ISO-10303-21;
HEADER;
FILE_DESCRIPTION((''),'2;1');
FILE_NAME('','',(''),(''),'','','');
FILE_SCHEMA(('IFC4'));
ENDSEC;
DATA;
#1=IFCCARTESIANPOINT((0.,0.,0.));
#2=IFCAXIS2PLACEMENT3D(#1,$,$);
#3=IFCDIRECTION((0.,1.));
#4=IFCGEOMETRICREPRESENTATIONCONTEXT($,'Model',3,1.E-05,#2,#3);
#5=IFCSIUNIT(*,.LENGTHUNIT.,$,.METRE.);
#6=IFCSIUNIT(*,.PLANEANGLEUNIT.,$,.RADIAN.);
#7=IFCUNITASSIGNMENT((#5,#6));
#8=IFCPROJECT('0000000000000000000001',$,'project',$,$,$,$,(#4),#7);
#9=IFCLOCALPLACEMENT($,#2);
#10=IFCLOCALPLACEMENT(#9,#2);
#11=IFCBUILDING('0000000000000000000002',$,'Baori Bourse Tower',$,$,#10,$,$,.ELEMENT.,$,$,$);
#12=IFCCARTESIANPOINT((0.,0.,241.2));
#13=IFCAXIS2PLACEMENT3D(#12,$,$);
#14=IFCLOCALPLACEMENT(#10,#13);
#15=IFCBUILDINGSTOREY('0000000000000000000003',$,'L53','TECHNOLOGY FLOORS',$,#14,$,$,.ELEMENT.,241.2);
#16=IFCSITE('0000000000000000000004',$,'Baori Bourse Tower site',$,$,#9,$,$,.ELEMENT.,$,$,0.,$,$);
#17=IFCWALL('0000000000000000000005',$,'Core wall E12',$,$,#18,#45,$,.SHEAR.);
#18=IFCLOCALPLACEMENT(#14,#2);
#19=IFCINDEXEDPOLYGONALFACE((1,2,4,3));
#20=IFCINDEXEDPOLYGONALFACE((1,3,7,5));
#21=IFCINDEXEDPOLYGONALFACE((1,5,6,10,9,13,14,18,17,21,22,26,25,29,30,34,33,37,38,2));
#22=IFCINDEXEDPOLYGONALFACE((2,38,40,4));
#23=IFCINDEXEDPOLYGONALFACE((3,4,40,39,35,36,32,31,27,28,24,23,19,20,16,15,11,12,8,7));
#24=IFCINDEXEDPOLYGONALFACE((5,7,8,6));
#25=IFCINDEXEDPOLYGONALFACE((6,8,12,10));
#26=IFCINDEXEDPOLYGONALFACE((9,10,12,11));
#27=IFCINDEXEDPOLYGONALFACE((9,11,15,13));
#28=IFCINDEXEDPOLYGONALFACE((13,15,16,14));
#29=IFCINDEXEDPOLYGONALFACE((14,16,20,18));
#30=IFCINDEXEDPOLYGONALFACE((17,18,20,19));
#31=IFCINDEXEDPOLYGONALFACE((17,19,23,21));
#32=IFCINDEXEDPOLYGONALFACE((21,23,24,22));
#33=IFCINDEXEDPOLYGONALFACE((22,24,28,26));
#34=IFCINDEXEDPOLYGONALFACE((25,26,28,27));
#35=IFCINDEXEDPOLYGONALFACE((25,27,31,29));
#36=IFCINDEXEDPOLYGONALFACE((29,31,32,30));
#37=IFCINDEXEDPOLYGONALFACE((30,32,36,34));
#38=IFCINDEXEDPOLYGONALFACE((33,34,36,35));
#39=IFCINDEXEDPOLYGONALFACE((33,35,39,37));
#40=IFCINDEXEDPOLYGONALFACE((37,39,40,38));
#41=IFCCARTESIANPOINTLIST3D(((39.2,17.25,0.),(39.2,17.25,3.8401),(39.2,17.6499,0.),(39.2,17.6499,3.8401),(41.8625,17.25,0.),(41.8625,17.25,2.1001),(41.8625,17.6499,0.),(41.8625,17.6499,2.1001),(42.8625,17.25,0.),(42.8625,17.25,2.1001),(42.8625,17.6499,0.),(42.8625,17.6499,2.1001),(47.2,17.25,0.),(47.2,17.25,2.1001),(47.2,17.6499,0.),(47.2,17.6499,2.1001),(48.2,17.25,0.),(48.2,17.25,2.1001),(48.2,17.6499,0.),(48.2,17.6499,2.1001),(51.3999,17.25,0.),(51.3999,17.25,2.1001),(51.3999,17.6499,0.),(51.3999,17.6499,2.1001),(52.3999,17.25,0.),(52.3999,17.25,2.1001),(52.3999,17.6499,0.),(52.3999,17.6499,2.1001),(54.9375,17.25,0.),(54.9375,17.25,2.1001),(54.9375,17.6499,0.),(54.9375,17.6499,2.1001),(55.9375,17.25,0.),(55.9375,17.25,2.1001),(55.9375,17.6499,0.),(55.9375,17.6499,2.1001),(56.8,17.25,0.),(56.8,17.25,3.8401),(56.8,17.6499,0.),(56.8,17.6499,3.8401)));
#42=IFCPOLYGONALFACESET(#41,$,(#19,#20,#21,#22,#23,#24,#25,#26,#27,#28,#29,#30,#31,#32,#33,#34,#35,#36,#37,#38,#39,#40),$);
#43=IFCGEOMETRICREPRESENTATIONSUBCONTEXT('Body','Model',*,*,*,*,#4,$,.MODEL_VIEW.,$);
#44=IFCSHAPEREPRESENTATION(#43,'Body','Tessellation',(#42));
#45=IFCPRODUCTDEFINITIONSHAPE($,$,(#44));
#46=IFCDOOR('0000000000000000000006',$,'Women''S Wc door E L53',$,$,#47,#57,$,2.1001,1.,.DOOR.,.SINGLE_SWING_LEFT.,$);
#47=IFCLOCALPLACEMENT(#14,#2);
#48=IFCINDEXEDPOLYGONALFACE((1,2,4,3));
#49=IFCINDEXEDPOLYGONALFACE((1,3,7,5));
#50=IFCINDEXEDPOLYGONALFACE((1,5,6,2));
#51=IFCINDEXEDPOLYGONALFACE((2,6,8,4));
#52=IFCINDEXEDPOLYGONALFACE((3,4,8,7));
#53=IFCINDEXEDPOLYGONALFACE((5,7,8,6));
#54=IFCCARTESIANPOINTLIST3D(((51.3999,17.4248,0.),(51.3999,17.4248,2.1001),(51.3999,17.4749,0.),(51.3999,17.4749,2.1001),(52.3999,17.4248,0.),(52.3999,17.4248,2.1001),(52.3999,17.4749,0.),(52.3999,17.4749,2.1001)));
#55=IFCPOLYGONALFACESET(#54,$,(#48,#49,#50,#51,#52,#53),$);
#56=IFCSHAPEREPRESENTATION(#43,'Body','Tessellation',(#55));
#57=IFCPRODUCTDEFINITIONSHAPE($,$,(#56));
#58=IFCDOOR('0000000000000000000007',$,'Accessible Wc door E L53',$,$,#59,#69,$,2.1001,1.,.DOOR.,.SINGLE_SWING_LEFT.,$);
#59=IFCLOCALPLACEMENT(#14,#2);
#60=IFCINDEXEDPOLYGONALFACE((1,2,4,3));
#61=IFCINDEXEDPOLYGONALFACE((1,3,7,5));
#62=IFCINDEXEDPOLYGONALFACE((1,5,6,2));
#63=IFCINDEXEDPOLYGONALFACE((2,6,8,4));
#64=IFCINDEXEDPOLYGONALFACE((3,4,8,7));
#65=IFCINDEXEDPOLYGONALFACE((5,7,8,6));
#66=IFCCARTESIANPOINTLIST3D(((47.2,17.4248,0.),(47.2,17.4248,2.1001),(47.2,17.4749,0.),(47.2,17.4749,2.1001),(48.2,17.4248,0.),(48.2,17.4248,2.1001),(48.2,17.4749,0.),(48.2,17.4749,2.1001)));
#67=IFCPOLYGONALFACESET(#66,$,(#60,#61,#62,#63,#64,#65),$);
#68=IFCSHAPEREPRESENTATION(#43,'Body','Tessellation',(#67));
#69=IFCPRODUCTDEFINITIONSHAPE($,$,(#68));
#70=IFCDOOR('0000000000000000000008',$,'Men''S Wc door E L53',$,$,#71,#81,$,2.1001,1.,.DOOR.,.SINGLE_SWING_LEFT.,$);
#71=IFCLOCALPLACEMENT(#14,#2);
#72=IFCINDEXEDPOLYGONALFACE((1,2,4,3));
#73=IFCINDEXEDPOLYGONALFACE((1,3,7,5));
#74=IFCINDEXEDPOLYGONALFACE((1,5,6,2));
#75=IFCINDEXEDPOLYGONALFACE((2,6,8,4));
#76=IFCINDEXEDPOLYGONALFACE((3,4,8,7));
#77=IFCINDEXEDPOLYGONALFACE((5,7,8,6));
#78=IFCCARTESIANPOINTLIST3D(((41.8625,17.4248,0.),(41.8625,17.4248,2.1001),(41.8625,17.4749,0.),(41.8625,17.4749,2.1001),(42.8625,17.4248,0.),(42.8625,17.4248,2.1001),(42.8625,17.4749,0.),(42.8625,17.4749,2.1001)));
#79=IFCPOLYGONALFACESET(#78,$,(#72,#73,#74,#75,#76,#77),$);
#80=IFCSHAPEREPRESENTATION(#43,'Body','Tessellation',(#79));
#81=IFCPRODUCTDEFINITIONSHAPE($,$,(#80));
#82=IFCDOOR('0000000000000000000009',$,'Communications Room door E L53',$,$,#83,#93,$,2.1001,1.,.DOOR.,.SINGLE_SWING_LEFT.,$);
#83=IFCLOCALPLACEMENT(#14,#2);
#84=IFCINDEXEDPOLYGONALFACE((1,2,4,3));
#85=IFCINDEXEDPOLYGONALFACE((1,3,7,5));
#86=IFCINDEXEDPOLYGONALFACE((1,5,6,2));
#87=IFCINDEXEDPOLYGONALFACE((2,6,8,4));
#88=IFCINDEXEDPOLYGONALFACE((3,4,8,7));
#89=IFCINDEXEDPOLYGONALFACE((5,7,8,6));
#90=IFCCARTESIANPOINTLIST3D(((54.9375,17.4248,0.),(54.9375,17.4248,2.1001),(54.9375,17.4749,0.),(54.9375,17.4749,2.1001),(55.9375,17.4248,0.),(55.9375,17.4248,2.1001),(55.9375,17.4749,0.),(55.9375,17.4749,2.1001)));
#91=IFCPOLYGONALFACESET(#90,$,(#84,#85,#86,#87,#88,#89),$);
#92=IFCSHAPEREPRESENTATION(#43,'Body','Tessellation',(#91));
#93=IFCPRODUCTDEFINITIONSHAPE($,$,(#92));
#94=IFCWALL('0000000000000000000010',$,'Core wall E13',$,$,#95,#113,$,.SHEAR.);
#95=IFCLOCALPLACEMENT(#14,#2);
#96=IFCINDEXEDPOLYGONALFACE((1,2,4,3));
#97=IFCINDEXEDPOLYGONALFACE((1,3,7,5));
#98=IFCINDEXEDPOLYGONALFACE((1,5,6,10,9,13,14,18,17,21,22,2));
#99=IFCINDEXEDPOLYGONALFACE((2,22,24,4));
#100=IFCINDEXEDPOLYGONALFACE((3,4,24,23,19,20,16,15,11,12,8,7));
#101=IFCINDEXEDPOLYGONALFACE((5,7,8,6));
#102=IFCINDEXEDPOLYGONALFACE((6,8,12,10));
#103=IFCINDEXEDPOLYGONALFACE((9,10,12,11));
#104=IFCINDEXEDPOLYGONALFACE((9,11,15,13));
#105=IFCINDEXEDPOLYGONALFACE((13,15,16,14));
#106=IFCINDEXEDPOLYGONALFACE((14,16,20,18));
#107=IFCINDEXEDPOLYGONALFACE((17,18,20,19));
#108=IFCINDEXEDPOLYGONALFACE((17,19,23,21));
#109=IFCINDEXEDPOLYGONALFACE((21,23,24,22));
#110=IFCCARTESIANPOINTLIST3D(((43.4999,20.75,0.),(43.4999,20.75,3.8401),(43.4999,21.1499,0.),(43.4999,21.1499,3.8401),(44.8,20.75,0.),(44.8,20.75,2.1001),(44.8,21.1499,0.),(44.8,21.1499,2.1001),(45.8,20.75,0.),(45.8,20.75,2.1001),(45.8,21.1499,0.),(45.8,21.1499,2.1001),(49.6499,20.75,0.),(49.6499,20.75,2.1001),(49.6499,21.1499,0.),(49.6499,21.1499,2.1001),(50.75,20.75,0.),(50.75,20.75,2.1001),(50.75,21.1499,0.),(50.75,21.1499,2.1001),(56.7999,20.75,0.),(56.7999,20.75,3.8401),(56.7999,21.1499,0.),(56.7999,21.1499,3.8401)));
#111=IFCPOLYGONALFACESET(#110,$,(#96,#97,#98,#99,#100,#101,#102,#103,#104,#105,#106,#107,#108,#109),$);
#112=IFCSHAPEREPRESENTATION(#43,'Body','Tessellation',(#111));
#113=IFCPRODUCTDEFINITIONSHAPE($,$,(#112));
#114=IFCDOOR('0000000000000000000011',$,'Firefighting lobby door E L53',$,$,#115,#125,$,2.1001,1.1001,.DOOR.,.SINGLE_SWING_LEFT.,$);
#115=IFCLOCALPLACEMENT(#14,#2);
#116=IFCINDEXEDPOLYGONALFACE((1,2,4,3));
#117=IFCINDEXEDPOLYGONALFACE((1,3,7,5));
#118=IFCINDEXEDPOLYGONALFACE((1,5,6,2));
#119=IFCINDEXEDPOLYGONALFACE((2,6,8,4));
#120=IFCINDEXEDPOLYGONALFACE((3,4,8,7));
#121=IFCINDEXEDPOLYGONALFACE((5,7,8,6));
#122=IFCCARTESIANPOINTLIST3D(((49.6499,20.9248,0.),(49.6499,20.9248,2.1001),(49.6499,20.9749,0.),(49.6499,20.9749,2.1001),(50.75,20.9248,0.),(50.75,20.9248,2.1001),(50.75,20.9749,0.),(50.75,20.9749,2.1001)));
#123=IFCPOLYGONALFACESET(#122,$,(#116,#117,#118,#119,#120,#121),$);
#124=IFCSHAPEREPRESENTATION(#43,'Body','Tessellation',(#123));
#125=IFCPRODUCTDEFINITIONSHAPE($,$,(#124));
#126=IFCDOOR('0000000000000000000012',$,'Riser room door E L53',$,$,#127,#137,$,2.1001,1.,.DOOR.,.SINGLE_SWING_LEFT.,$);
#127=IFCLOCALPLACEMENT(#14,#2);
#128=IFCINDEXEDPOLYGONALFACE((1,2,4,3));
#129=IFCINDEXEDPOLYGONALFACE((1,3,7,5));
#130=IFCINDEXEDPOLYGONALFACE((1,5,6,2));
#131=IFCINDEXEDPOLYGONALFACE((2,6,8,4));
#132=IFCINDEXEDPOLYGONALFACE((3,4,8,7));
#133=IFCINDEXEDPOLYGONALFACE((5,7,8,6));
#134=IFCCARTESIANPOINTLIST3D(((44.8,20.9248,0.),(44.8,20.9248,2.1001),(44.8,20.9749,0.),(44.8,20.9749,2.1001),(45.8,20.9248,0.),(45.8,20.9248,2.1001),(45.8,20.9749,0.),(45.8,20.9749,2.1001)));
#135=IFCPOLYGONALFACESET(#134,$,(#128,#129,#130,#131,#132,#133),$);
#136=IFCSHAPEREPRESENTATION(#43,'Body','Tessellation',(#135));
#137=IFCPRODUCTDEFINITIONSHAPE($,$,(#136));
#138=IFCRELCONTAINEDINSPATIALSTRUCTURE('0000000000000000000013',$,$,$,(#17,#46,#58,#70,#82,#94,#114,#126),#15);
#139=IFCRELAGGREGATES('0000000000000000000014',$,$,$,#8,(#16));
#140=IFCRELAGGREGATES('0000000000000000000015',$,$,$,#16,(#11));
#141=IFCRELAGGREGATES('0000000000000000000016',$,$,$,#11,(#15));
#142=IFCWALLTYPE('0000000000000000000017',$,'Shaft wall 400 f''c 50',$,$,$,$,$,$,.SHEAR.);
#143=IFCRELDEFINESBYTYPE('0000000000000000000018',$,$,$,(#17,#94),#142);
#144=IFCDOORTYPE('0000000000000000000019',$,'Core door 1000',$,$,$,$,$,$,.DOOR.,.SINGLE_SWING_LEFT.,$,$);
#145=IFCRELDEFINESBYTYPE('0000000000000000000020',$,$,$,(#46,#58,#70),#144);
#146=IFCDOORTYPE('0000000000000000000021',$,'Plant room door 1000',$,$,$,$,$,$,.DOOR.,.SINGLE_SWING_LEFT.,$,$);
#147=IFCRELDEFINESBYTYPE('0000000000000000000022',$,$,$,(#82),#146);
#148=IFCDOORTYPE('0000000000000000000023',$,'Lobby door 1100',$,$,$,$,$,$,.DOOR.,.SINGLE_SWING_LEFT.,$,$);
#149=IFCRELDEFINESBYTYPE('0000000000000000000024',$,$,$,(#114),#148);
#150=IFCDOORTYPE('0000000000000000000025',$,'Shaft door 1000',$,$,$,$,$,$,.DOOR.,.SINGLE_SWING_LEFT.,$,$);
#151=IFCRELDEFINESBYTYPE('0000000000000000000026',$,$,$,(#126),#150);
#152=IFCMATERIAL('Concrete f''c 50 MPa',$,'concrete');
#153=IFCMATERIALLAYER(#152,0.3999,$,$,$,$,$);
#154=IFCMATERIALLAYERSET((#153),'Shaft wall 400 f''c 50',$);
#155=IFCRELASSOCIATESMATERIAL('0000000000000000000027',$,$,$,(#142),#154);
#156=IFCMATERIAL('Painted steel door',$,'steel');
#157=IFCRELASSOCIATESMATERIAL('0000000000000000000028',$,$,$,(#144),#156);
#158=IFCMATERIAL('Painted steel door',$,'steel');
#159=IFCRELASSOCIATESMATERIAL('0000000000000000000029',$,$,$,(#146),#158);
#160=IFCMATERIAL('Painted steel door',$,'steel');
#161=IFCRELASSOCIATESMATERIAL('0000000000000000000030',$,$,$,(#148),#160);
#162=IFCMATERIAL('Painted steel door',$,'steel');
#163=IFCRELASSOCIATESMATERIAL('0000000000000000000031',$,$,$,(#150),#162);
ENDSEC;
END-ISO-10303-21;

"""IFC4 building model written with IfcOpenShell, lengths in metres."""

from ifc_helpers import new_model, si_unit, direction, frame, frame_2d, origin, place, context, subcontext, project, spatial, rectangle, extrude, material, layer, layer_set, type_object, element, fill, save


model = new_model("IFC4")

# Units and contexts
model_context = context("Model", 3, precision=1e-05, world=origin(), true_north=direction((0.0, 1.0)))
body_context = subcontext(model_context, "Body", "Model", "MODEL_VIEW")
ifc_project = project(units=[si_unit("LENGTHUNIT", "METRE"), si_unit("PLANEANGLEUNIT", "RADIAN")], contexts=[model_context])

# Site, building, storey
site_placement = place(None, origin())
site = spatial("IfcSite", under=ifc_project, at=site_placement, Name="Baori Bourse Tower site", CompositionType="ELEMENT", RefElevation=0.0)
building_placement = place(site_placement, origin())
building = spatial("IfcBuilding", under=site, at=building_placement, Name="Baori Bourse Tower", CompositionType="ELEMENT")
storey_placement = place(building_placement, frame((0.0, 0.0, 241.2)))
storey = spatial("IfcBuildingStorey", under=building, at=storey_placement, Name="L53", Description="TECHNOLOGY FLOORS", CompositionType="ELEMENT", Elevation=241.2)

# Shared definitions
ifc_material_1 = material(Name="Concrete f'c 50 MPa", Category="concrete")
ifc_layer_1 = layer(ifc_material_1, 0.3999)
ifc_layer_set_1 = layer_set([ifc_layer_1], Name="Shaft wall 400 f'c 50")
wall_type_1 = type_object("IfcWallType", Name="Shaft wall 400 f'c 50", PredefinedType="SHEAR", material=ifc_layer_set_1)

# Walls, openings, doors
wall_1_placement = place(storey_placement, frame((39.2, 17.45, 0.0), z_axis=(0.0, 0.0, 1.0), x_axis=(1.0, 0.0, 0.0)))
wall_1 = element("IfcWall", 1, at=wall_1_placement, inside=storey, type_object=wall_type_1, Name="Core wall E12", PredefinedType="SHEAR", context=body_context, shape_type="SweptSolid", body=[
    extrude(rectangle(XDim=17.6001, YDim=0.3999, at=frame_2d((8.8, 0.0))), origin(), (0.0, 0.0, 1.0), 3.8401),
])
opening_1_placement = place(wall_1_placement, frame((15.7375, 0.0, 0.0)))
opening_1 = element("IfcOpeningElement", 2, at=opening_1_placement, cuts=wall_1, PredefinedType="OPENING", context=body_context, shape_type="SweptSolid", body=[
    extrude(rectangle(XDim=1.0, YDim=2.1001, at=frame_2d((0.5, 1.05))), frame((0.0, 0.21, 0.0), z_axis=(0.0, -1.0, 0.0), x_axis=(1.0, 0.0, 0.0)), (0.0, 0.0, 1.0), 0.4199),
])
opening_2_placement = place(wall_1_placement, frame((12.2, 0.0, 0.0)))
opening_2 = element("IfcOpeningElement", 3, at=opening_2_placement, cuts=wall_1, PredefinedType="OPENING", context=body_context, shape_type="SweptSolid", body=[
    extrude(rectangle(XDim=1.0, YDim=2.1001, at=frame_2d((0.5, 1.05))), frame((0.0, 0.21, 0.0), z_axis=(0.0, -1.0, 0.0), x_axis=(1.0, 0.0, 0.0)), (0.0, 0.0, 1.0), 0.4199),
])
opening_3_placement = place(wall_1_placement, frame((8.0, 0.0, 0.0)))
opening_3 = element("IfcOpeningElement", 4, at=opening_3_placement, cuts=wall_1, PredefinedType="OPENING", context=body_context, shape_type="SweptSolid", body=[
    extrude(rectangle(XDim=1.0, YDim=2.1001, at=frame_2d((0.5, 1.05))), frame((0.0, 0.21, 0.0), z_axis=(0.0, -1.0, 0.0), x_axis=(1.0, 0.0, 0.0)), (0.0, 0.0, 1.0), 0.4199),
])
opening_4_placement = place(wall_1_placement, frame((2.6626, 0.0, 0.0)))
opening_4 = element("IfcOpeningElement", 5, at=opening_4_placement, cuts=wall_1, PredefinedType="OPENING", context=body_context, shape_type="SweptSolid", body=[
    extrude(rectangle(XDim=1.0, YDim=2.1001, at=frame_2d((0.5, 1.05))), frame((0.0, 0.21, 0.0), z_axis=(0.0, -1.0, 0.0), x_axis=(1.0, 0.0, 0.0)), (0.0, 0.0, 1.0), 0.4199),
])
ifc_material_2 = material(Name="Painted steel door", Category="steel")
door_type_1 = type_object("IfcDoorType", Name="Core door 1000", OperationType="SINGLE_SWING_LEFT", PredefinedType="DOOR", material=ifc_material_2)
door_1_placement = place(opening_2_placement, origin())
door_1 = element("IfcDoor", 6, at=door_1_placement, inside=storey, type_object=door_type_1, Name="Women'S Wc door E L53", OperationType="SINGLE_SWING_LEFT", OverallHeight=2.1001, OverallWidth=1.0, PredefinedType="DOOR", context=body_context, shape_type="SweptSolid", body=[
    extrude(rectangle(XDim=1.0, YDim=2.1001, at=frame_2d((0.5, 1.05))), frame((0.0, 0.0249, 0.0), z_axis=(0.0, -1.0, 0.0), x_axis=(1.0, 0.0, 0.0)), (0.0, 0.0, 1.0), 0.05),
])
fill(opening_2, door_1)
door_2_placement = place(opening_3_placement, origin())
door_2 = element("IfcDoor", 7, at=door_2_placement, inside=storey, type_object=door_type_1, Name="Accessible Wc door E L53", OperationType="SINGLE_SWING_LEFT", OverallHeight=2.1001, OverallWidth=1.0, PredefinedType="DOOR", context=body_context, shape_type="SweptSolid", body=[
    extrude(rectangle(XDim=1.0, YDim=2.1001, at=frame_2d((0.5, 1.05))), frame((0.0, 0.0249, 0.0), z_axis=(0.0, -1.0, 0.0), x_axis=(1.0, 0.0, 0.0)), (0.0, 0.0, 1.0), 0.05),
])
fill(opening_3, door_2)
door_3_placement = place(opening_4_placement, origin())
door_3 = element("IfcDoor", 8, at=door_3_placement, inside=storey, type_object=door_type_1, Name="Men'S Wc door E L53", OperationType="SINGLE_SWING_LEFT", OverallHeight=2.1001, OverallWidth=1.0, PredefinedType="DOOR", context=body_context, shape_type="SweptSolid", body=[
    extrude(rectangle(XDim=1.0, YDim=2.1001, at=frame_2d((0.5, 1.05))), frame((0.0, 0.0249, 0.0), z_axis=(0.0, -1.0, 0.0), x_axis=(1.0, 0.0, 0.0)), (0.0, 0.0, 1.0), 0.05),
])
fill(opening_4, door_3)
ifc_material_3 = material(Name="Painted steel door", Category="steel")
door_type_2 = type_object("IfcDoorType", Name="Plant room door 1000", OperationType="SINGLE_SWING_LEFT", PredefinedType="DOOR", material=ifc_material_3)
door_4_placement = place(opening_1_placement, origin())
door_4 = element("IfcDoor", 9, at=door_4_placement, inside=storey, type_object=door_type_2, Name="Communications Room door E L53", OperationType="SINGLE_SWING_LEFT", OverallHeight=2.1001, OverallWidth=1.0, PredefinedType="DOOR", context=body_context, shape_type="SweptSolid", body=[
    extrude(rectangle(XDim=1.0, YDim=2.1001, at=frame_2d((0.5, 1.05))), frame((0.0, 0.0249, 0.0), z_axis=(0.0, -1.0, 0.0), x_axis=(1.0, 0.0, 0.0)), (0.0, 0.0, 1.0), 0.05),
])
fill(opening_1, door_4)
wall_2_placement = place(storey_placement, frame((43.5, 20.95, 0.0), z_axis=(0.0, 0.0, 1.0), x_axis=(1.0, 0.0, 0.0)))
wall_2 = element("IfcWall", 10, at=wall_2_placement, inside=storey, type_object=wall_type_1, Name="Core wall E13", PredefinedType="SHEAR", context=body_context, shape_type="SweptSolid", body=[
    extrude(rectangle(XDim=13.3, YDim=0.3999, at=frame_2d((6.6499, 0.0))), origin(), (0.0, 0.0, 1.0), 3.8401),
])
opening_5_placement = place(wall_2_placement, frame((6.1499, 0.0, 0.0)))
opening_5 = element("IfcOpeningElement", 11, at=opening_5_placement, cuts=wall_2, PredefinedType="OPENING", context=body_context, shape_type="SweptSolid", body=[
    extrude(rectangle(XDim=1.1001, YDim=2.1001, at=frame_2d((0.55, 1.05))), frame((0.0, 0.21, 0.0), z_axis=(0.0, -1.0, 0.0), x_axis=(1.0, 0.0, 0.0)), (0.0, 0.0, 1.0), 0.4199),
])
opening_6_placement = place(wall_2_placement, frame((1.3, 0.0, 0.0)))
opening_6 = element("IfcOpeningElement", 12, at=opening_6_placement, cuts=wall_2, PredefinedType="OPENING", context=body_context, shape_type="SweptSolid", body=[
    extrude(rectangle(XDim=1.0, YDim=2.1001, at=frame_2d((0.5, 1.05))), frame((0.0, 0.21, 0.0), z_axis=(0.0, -1.0, 0.0), x_axis=(1.0, 0.0, 0.0)), (0.0, 0.0, 1.0), 0.4199),
])
ifc_material_4 = material(Name="Painted steel door", Category="steel")
door_type_3 = type_object("IfcDoorType", Name="Lobby door 1100", OperationType="SINGLE_SWING_LEFT", PredefinedType="DOOR", material=ifc_material_4)
door_5_placement = place(opening_5_placement, origin())
door_5 = element("IfcDoor", 13, at=door_5_placement, inside=storey, type_object=door_type_3, Name="Firefighting lobby door E L53", OperationType="SINGLE_SWING_LEFT", OverallHeight=2.1001, OverallWidth=1.1001, PredefinedType="DOOR", context=body_context, shape_type="SweptSolid", body=[
    extrude(rectangle(XDim=1.1001, YDim=2.1001, at=frame_2d((0.55, 1.05))), frame((0.0, 0.0249, 0.0), z_axis=(0.0, -1.0, 0.0), x_axis=(1.0, 0.0, 0.0)), (0.0, 0.0, 1.0), 0.05),
])
fill(opening_5, door_5)
ifc_material_5 = material(Name="Painted steel door", Category="steel")
door_type_4 = type_object("IfcDoorType", Name="Shaft door 1000", OperationType="SINGLE_SWING_LEFT", PredefinedType="DOOR", material=ifc_material_5)
door_6_placement = place(opening_6_placement, origin())
door_6 = element("IfcDoor", 14, at=door_6_placement, inside=storey, type_object=door_type_4, Name="Riser room door E L53", OperationType="SINGLE_SWING_LEFT", OverallHeight=2.1001, OverallWidth=1.0, PredefinedType="DOOR", context=body_context, shape_type="SweptSolid", body=[
    extrude(rectangle(XDim=1.0, YDim=2.1001, at=frame_2d((0.5, 1.05))), frame((0.0, 0.0249, 0.0), z_axis=(0.0, -1.0, 0.0), x_axis=(1.0, 0.0, 0.0)), (0.0, 0.0, 1.0), 0.05),
])
fill(opening_6, door_6)

save(model, "model.ifc")
